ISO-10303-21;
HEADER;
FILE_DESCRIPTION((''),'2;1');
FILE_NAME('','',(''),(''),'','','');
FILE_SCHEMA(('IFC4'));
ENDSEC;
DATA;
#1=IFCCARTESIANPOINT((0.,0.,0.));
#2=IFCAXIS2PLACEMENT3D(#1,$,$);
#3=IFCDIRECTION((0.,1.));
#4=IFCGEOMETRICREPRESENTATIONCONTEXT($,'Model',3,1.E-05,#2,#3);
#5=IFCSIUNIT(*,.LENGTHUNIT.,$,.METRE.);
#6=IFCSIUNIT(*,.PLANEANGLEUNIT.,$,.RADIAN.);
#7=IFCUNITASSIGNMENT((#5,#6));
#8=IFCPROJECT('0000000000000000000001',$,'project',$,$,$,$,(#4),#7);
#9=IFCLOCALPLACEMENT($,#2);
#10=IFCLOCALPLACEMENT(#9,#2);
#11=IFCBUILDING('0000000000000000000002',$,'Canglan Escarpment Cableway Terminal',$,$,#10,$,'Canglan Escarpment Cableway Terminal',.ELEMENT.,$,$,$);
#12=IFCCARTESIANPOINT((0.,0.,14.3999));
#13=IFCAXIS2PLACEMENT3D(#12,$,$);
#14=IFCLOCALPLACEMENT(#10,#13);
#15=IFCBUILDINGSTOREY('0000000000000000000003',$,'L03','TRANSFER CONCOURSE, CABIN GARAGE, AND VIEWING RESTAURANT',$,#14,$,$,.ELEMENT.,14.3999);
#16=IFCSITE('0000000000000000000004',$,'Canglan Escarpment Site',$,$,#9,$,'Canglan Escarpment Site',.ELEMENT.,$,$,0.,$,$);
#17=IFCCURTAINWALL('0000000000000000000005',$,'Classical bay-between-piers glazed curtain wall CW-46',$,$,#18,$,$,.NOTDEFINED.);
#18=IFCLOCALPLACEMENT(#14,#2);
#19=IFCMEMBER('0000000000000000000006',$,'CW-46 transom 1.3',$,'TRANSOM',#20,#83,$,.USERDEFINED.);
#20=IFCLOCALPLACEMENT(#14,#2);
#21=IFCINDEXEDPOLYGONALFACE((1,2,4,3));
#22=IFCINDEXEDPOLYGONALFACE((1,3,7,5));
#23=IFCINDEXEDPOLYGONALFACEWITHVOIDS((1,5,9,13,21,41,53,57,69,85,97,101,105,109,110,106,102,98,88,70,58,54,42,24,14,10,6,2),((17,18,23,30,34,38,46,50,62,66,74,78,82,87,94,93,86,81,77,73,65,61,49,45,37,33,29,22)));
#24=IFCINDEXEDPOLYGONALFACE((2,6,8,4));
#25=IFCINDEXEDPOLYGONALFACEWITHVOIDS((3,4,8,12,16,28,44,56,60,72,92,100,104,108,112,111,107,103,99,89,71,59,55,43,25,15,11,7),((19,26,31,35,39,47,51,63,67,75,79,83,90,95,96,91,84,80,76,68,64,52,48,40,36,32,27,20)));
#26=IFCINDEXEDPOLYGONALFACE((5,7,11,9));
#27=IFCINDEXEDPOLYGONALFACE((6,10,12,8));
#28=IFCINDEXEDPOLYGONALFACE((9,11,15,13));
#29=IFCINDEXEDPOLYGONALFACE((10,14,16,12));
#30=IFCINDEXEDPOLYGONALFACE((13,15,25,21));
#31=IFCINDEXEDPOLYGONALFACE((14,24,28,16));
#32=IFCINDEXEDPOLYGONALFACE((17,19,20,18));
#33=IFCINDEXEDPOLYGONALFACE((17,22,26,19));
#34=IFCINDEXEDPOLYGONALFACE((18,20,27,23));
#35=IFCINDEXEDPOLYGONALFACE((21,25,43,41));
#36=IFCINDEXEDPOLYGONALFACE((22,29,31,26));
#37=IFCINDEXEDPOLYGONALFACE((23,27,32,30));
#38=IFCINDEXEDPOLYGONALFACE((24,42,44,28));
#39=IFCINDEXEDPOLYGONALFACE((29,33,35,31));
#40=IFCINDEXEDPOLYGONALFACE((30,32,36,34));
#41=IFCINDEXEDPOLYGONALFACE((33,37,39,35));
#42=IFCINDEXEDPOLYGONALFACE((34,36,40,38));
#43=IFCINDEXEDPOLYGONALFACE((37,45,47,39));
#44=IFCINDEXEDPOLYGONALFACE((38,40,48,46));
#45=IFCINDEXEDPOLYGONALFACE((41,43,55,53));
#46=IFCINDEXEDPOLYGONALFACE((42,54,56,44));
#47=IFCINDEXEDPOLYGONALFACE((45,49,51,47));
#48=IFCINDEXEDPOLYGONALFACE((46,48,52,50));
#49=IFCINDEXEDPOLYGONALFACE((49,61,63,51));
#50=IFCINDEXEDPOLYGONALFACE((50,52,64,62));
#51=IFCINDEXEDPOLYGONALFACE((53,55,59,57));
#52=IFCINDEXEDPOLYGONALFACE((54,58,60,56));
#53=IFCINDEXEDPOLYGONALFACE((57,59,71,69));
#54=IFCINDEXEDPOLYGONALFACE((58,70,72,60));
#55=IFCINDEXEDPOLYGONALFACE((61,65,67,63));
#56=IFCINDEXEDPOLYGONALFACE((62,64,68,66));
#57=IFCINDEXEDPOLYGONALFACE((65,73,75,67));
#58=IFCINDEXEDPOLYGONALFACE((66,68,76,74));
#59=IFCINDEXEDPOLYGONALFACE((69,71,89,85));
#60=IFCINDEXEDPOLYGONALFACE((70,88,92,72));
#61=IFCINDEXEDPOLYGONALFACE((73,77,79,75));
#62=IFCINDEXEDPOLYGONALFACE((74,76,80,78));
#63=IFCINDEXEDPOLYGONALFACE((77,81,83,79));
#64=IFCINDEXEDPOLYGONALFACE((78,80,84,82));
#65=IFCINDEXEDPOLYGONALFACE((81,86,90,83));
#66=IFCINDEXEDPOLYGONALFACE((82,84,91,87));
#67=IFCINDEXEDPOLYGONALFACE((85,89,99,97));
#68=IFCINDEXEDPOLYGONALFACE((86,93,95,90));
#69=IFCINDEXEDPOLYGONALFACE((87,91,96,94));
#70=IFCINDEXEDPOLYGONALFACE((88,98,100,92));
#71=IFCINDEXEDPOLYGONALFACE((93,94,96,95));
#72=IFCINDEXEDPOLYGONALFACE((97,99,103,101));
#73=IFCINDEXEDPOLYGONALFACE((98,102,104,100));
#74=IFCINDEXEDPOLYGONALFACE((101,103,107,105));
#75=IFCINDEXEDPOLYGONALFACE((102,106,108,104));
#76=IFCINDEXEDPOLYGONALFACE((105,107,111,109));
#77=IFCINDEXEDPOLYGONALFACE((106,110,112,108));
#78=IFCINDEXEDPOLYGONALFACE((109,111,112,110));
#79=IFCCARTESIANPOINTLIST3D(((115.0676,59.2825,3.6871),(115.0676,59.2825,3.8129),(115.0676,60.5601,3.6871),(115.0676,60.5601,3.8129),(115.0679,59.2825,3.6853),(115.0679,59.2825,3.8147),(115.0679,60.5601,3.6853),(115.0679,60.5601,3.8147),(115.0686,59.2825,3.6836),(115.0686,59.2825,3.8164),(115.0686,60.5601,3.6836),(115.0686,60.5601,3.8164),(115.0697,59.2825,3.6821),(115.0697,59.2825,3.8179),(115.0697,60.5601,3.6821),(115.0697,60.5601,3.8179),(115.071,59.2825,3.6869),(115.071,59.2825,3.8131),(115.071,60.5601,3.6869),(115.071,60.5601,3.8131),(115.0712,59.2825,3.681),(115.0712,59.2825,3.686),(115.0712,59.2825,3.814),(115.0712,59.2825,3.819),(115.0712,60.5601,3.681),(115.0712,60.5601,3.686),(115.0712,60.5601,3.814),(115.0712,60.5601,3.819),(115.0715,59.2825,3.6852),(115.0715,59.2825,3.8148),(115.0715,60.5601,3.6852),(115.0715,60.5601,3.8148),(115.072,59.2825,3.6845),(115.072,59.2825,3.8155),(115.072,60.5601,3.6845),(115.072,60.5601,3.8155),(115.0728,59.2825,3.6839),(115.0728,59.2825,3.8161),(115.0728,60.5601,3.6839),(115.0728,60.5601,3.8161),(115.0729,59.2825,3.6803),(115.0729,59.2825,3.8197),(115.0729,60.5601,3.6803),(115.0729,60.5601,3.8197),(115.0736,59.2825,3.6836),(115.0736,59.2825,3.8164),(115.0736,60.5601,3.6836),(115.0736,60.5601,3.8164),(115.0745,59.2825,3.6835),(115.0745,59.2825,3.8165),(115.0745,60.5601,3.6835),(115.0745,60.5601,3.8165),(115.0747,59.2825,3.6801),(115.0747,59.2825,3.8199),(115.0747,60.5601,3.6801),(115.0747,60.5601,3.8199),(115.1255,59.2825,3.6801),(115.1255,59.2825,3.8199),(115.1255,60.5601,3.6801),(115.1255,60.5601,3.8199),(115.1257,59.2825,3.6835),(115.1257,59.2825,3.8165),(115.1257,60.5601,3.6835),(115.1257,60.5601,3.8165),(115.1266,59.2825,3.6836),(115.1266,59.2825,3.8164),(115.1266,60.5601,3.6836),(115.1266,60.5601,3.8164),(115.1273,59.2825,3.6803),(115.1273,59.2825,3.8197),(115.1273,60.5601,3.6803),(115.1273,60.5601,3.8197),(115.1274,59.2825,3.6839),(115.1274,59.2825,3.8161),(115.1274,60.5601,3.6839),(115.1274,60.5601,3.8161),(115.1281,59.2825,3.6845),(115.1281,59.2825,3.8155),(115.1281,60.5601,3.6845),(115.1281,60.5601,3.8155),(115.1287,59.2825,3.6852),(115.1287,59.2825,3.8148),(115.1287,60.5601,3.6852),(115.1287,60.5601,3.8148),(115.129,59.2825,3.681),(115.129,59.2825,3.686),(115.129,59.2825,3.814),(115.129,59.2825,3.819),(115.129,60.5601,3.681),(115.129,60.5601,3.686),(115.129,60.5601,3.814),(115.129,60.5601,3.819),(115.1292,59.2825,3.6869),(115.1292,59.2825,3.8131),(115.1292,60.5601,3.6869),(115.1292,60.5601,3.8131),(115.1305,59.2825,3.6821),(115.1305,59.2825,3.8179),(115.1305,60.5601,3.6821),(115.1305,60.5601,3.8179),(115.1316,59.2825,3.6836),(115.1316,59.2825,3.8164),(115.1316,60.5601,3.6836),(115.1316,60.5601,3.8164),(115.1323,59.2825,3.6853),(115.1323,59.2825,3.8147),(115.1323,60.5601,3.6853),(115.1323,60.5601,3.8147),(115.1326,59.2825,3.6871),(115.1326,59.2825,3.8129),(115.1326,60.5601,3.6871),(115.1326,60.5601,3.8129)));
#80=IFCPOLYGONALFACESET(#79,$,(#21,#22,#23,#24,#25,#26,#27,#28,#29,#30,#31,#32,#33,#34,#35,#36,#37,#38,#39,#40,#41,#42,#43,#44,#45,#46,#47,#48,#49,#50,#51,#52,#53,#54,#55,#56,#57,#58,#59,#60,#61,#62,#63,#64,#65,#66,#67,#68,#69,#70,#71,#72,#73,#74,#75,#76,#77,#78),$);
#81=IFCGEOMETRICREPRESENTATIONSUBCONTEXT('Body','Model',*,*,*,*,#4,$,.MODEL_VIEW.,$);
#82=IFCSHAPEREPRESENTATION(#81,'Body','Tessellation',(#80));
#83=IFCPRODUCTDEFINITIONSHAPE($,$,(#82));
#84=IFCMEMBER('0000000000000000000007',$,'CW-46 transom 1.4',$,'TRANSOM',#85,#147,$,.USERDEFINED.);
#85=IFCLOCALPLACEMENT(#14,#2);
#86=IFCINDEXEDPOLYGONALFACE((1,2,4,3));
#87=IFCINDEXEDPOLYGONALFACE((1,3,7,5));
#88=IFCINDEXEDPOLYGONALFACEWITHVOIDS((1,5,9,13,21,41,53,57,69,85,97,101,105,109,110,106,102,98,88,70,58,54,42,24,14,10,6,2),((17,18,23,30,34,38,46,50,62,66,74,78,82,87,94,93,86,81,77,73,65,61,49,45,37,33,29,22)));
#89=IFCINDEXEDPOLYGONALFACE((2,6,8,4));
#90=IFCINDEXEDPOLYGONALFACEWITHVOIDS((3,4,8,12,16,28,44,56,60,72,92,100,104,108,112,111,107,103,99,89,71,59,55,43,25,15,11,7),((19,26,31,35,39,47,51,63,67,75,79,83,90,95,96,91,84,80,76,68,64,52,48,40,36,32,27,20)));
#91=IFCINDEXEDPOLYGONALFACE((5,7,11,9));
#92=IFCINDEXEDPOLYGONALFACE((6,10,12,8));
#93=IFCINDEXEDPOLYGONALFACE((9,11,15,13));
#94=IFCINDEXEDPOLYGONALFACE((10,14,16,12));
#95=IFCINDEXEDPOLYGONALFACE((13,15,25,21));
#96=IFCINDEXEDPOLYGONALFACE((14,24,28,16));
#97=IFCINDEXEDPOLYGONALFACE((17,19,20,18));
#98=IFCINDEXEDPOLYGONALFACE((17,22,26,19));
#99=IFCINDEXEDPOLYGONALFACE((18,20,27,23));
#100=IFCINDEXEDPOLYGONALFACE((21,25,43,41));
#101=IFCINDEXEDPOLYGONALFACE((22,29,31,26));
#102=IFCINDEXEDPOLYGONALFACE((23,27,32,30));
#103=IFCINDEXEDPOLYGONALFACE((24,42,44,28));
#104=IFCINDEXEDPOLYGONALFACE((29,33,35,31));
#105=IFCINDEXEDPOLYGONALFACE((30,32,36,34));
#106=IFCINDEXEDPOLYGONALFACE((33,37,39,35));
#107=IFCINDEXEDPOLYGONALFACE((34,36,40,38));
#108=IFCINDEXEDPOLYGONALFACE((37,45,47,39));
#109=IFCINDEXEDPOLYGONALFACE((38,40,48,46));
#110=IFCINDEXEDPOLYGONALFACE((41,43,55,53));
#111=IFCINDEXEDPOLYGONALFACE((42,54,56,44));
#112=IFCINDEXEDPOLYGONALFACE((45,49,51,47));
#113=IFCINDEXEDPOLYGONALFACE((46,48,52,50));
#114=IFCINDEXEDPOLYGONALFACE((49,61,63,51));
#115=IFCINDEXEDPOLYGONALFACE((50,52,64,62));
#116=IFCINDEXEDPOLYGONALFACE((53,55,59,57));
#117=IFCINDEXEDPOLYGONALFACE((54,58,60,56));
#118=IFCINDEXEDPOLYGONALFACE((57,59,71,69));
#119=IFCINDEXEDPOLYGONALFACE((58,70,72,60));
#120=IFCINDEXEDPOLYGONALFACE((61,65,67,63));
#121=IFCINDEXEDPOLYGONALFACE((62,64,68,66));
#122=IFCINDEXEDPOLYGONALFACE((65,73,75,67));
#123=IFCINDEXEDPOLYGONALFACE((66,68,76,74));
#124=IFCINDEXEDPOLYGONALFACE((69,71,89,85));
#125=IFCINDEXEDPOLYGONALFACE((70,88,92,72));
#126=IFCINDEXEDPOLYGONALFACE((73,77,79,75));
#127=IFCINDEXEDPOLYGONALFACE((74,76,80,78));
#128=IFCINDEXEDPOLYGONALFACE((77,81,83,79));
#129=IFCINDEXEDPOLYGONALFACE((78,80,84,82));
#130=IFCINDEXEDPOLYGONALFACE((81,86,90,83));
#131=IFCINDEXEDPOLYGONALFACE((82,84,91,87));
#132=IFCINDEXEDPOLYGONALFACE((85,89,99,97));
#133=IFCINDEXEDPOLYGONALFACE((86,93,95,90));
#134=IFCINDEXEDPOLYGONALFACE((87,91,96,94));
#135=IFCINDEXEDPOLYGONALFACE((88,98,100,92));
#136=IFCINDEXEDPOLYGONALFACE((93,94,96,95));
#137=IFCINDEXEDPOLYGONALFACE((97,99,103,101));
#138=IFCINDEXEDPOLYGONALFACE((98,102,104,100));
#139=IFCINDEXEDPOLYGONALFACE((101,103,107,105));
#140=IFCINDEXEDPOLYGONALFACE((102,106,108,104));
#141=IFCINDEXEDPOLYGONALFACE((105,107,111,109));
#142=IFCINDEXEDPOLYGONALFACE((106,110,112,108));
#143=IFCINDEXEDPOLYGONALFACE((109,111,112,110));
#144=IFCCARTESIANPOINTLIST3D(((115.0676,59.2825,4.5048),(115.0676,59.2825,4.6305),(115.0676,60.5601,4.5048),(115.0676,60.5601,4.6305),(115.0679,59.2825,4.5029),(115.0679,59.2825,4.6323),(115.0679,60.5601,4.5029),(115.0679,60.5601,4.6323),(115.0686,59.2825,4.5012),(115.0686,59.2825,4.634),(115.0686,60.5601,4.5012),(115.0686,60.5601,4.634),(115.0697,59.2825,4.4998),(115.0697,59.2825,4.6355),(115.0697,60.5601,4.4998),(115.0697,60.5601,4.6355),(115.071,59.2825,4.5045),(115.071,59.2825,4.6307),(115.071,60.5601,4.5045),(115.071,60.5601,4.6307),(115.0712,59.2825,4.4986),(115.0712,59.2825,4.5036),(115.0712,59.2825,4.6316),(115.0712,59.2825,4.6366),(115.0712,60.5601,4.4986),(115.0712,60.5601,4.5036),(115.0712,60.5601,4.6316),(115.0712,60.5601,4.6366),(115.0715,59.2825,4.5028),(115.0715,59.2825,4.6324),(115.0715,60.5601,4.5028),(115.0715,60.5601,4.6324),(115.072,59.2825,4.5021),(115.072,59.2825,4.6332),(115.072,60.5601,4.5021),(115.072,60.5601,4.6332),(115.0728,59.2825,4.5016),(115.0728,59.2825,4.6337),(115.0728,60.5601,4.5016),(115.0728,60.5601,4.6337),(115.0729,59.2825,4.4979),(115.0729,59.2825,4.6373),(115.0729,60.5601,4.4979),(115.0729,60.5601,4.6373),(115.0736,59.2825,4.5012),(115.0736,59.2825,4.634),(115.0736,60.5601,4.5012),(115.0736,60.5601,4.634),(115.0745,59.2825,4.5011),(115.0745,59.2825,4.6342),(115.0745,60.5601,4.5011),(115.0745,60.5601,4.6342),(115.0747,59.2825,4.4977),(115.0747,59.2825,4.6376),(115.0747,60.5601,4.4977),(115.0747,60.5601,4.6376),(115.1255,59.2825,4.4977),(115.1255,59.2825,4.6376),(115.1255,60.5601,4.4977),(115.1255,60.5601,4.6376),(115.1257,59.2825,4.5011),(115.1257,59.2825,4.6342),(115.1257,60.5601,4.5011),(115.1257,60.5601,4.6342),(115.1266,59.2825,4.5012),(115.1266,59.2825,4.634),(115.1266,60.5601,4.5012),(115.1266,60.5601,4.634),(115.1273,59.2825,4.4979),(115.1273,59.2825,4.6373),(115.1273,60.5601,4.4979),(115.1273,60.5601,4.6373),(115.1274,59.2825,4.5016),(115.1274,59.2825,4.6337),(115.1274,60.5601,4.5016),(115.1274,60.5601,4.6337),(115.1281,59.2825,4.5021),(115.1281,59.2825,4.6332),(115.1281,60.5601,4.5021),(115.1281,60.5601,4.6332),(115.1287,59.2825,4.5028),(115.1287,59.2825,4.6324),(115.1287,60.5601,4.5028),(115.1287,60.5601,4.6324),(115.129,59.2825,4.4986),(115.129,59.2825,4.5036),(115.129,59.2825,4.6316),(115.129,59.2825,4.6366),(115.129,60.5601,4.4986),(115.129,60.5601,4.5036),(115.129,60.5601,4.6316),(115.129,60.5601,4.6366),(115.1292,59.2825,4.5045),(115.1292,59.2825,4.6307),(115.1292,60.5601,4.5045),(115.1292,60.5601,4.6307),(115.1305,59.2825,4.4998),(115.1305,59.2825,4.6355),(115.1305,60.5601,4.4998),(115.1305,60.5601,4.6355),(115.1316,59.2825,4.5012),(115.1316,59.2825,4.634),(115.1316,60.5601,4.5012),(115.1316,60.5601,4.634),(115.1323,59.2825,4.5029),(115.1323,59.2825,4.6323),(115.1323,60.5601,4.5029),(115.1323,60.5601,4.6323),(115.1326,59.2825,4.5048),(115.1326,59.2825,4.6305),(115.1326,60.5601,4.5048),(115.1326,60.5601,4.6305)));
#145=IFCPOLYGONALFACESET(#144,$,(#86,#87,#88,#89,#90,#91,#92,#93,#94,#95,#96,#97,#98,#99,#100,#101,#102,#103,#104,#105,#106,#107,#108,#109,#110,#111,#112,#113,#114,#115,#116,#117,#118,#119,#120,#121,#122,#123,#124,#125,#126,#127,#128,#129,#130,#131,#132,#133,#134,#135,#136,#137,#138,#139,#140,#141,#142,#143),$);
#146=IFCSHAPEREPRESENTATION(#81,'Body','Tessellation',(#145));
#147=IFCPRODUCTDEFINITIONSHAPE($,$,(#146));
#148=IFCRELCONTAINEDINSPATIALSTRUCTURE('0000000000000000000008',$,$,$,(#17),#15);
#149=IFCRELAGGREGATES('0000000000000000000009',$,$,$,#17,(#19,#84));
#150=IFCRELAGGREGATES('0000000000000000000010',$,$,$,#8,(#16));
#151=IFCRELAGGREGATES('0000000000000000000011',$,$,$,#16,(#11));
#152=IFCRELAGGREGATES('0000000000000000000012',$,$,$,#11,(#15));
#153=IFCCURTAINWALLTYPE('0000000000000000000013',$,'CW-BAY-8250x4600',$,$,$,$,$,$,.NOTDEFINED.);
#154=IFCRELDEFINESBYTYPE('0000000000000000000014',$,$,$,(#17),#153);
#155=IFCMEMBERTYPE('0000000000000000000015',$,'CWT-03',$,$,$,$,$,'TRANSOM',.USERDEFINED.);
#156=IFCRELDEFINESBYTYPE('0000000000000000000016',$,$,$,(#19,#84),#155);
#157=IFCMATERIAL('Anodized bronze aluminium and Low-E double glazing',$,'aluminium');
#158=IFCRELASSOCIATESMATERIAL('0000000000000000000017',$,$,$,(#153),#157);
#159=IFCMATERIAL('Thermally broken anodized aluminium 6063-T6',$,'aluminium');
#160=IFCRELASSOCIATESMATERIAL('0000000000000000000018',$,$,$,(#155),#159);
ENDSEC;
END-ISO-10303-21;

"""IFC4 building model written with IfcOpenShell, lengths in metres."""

from ifc_helpers import new_model, si_unit, direction, frame, origin, origin_2d, place, context, subcontext, project, spatial, hollow_rectangle, extrude, material, material_profile, profile_set, type_object, element, aggregate, save


model = new_model("IFC4")

# Units and contexts
model_context = context("Model", 3, precision=1e-05, world=origin(), true_north=direction((0.0, 1.0)))
body_context = subcontext(model_context, "Body", "Model", "MODEL_VIEW")
ifc_project = project(units=[si_unit("LENGTHUNIT", "METRE"), si_unit("PLANEANGLEUNIT", "RADIAN")], contexts=[model_context])

# Site, building, storey
site_placement = place(None, origin())
site = spatial("IfcSite", under=ifc_project, at=site_placement, Name="Canglan Escarpment Site", LongName="Canglan Escarpment Site", CompositionType="ELEMENT", RefElevation=0.0)
building_placement = place(site_placement, origin())
building = spatial("IfcBuilding", under=site, at=building_placement, Name="Canglan Escarpment Cableway Terminal", LongName="Canglan Escarpment Cableway Terminal", CompositionType="ELEMENT")
storey_placement = place(building_placement, frame((0.0, 0.0, 14.3999)))
storey = spatial("IfcBuildingStorey", under=building, at=storey_placement, Name="L03", Description="TRANSFER CONCOURSE, CABIN GARAGE, AND VIEWING RESTAURANT", CompositionType="ELEMENT", Elevation=14.3999)

# Curtain wall, members
ifc_material_1 = material(Name="Anodized bronze aluminium and Low-E double glazing", Category="aluminium")
curtain_wall_type = type_object("IfcCurtainWallType", Name="CW-BAY-8250x4600", PredefinedType="NOTDEFINED", material=ifc_material_1)
curtain_wall_placement = place(storey_placement, origin())
curtain_wall = element("IfcCurtainWall", 1, at=curtain_wall_placement, inside=storey, type_object=curtain_wall_type, Name="Classical bay-between-piers glazed curtain wall CW-46", PredefinedType="NOTDEFINED")
ifc_material_2 = material(Name="Thermally broken anodized aluminium 6063-T6", Category="aluminium")
ifc_material_profile_1 = material_profile(ifc_material_2, hollow_rectangle(XDim=0.0649, YDim=0.1399, WallThickness=0.0034, InnerFilletRadius=0.0034, OuterFilletRadius=0.0071, at=origin_2d()), Name="ALU-TRAN 65x140x3.5")
ifc_profile_set_1 = profile_set([ifc_material_profile_1], Name="Thermally broken anodized aluminium 6063-T6")
member_type_1 = type_object("IfcMemberType", Name="CWT-03", ElementType="TRANSOM", PredefinedType="USERDEFINED", material=ifc_profile_set_1)
member_1_placement = place(storey_placement, frame((115.1001, 60.5601, 3.75), z_axis=(0.0, -1.0, 0.0), x_axis=(1.0, 0.0, 0.0)))
member_1 = element("IfcMember", 2, at=member_1_placement, type_object=member_type_1, Name="CW-46 transom 1.3", ObjectType="TRANSOM", PredefinedType="USERDEFINED", context=body_context, shape_type="SweptSolid", body=[
    extrude(hollow_rectangle(XDim=0.0649, YDim=0.1399, WallThickness=0.0034, InnerFilletRadius=0.0034, OuterFilletRadius=0.0071, at=origin_2d()), origin(), (0.0, 0.0, 1.0), 1.2776),
])
member_2_placement = place(storey_placement, frame((115.1001, 60.5601, 4.5676), z_axis=(0.0, -1.0, 0.0), x_axis=(1.0, 0.0, 0.0)))
member_2 = element("IfcMember", 3, at=member_2_placement, type_object=member_type_1, Name="CW-46 transom 1.4", ObjectType="TRANSOM", PredefinedType="USERDEFINED", context=body_context, shape_type="SweptSolid", body=[
    extrude(hollow_rectangle(XDim=0.0649, YDim=0.1399, WallThickness=0.0034, InnerFilletRadius=0.0034, OuterFilletRadius=0.0071, at=origin_2d()), origin(), (0.0, 0.0, 1.0), 1.2776),
])
aggregate(curtain_wall, [member_1, member_2])

save(model, "model.ifc")
